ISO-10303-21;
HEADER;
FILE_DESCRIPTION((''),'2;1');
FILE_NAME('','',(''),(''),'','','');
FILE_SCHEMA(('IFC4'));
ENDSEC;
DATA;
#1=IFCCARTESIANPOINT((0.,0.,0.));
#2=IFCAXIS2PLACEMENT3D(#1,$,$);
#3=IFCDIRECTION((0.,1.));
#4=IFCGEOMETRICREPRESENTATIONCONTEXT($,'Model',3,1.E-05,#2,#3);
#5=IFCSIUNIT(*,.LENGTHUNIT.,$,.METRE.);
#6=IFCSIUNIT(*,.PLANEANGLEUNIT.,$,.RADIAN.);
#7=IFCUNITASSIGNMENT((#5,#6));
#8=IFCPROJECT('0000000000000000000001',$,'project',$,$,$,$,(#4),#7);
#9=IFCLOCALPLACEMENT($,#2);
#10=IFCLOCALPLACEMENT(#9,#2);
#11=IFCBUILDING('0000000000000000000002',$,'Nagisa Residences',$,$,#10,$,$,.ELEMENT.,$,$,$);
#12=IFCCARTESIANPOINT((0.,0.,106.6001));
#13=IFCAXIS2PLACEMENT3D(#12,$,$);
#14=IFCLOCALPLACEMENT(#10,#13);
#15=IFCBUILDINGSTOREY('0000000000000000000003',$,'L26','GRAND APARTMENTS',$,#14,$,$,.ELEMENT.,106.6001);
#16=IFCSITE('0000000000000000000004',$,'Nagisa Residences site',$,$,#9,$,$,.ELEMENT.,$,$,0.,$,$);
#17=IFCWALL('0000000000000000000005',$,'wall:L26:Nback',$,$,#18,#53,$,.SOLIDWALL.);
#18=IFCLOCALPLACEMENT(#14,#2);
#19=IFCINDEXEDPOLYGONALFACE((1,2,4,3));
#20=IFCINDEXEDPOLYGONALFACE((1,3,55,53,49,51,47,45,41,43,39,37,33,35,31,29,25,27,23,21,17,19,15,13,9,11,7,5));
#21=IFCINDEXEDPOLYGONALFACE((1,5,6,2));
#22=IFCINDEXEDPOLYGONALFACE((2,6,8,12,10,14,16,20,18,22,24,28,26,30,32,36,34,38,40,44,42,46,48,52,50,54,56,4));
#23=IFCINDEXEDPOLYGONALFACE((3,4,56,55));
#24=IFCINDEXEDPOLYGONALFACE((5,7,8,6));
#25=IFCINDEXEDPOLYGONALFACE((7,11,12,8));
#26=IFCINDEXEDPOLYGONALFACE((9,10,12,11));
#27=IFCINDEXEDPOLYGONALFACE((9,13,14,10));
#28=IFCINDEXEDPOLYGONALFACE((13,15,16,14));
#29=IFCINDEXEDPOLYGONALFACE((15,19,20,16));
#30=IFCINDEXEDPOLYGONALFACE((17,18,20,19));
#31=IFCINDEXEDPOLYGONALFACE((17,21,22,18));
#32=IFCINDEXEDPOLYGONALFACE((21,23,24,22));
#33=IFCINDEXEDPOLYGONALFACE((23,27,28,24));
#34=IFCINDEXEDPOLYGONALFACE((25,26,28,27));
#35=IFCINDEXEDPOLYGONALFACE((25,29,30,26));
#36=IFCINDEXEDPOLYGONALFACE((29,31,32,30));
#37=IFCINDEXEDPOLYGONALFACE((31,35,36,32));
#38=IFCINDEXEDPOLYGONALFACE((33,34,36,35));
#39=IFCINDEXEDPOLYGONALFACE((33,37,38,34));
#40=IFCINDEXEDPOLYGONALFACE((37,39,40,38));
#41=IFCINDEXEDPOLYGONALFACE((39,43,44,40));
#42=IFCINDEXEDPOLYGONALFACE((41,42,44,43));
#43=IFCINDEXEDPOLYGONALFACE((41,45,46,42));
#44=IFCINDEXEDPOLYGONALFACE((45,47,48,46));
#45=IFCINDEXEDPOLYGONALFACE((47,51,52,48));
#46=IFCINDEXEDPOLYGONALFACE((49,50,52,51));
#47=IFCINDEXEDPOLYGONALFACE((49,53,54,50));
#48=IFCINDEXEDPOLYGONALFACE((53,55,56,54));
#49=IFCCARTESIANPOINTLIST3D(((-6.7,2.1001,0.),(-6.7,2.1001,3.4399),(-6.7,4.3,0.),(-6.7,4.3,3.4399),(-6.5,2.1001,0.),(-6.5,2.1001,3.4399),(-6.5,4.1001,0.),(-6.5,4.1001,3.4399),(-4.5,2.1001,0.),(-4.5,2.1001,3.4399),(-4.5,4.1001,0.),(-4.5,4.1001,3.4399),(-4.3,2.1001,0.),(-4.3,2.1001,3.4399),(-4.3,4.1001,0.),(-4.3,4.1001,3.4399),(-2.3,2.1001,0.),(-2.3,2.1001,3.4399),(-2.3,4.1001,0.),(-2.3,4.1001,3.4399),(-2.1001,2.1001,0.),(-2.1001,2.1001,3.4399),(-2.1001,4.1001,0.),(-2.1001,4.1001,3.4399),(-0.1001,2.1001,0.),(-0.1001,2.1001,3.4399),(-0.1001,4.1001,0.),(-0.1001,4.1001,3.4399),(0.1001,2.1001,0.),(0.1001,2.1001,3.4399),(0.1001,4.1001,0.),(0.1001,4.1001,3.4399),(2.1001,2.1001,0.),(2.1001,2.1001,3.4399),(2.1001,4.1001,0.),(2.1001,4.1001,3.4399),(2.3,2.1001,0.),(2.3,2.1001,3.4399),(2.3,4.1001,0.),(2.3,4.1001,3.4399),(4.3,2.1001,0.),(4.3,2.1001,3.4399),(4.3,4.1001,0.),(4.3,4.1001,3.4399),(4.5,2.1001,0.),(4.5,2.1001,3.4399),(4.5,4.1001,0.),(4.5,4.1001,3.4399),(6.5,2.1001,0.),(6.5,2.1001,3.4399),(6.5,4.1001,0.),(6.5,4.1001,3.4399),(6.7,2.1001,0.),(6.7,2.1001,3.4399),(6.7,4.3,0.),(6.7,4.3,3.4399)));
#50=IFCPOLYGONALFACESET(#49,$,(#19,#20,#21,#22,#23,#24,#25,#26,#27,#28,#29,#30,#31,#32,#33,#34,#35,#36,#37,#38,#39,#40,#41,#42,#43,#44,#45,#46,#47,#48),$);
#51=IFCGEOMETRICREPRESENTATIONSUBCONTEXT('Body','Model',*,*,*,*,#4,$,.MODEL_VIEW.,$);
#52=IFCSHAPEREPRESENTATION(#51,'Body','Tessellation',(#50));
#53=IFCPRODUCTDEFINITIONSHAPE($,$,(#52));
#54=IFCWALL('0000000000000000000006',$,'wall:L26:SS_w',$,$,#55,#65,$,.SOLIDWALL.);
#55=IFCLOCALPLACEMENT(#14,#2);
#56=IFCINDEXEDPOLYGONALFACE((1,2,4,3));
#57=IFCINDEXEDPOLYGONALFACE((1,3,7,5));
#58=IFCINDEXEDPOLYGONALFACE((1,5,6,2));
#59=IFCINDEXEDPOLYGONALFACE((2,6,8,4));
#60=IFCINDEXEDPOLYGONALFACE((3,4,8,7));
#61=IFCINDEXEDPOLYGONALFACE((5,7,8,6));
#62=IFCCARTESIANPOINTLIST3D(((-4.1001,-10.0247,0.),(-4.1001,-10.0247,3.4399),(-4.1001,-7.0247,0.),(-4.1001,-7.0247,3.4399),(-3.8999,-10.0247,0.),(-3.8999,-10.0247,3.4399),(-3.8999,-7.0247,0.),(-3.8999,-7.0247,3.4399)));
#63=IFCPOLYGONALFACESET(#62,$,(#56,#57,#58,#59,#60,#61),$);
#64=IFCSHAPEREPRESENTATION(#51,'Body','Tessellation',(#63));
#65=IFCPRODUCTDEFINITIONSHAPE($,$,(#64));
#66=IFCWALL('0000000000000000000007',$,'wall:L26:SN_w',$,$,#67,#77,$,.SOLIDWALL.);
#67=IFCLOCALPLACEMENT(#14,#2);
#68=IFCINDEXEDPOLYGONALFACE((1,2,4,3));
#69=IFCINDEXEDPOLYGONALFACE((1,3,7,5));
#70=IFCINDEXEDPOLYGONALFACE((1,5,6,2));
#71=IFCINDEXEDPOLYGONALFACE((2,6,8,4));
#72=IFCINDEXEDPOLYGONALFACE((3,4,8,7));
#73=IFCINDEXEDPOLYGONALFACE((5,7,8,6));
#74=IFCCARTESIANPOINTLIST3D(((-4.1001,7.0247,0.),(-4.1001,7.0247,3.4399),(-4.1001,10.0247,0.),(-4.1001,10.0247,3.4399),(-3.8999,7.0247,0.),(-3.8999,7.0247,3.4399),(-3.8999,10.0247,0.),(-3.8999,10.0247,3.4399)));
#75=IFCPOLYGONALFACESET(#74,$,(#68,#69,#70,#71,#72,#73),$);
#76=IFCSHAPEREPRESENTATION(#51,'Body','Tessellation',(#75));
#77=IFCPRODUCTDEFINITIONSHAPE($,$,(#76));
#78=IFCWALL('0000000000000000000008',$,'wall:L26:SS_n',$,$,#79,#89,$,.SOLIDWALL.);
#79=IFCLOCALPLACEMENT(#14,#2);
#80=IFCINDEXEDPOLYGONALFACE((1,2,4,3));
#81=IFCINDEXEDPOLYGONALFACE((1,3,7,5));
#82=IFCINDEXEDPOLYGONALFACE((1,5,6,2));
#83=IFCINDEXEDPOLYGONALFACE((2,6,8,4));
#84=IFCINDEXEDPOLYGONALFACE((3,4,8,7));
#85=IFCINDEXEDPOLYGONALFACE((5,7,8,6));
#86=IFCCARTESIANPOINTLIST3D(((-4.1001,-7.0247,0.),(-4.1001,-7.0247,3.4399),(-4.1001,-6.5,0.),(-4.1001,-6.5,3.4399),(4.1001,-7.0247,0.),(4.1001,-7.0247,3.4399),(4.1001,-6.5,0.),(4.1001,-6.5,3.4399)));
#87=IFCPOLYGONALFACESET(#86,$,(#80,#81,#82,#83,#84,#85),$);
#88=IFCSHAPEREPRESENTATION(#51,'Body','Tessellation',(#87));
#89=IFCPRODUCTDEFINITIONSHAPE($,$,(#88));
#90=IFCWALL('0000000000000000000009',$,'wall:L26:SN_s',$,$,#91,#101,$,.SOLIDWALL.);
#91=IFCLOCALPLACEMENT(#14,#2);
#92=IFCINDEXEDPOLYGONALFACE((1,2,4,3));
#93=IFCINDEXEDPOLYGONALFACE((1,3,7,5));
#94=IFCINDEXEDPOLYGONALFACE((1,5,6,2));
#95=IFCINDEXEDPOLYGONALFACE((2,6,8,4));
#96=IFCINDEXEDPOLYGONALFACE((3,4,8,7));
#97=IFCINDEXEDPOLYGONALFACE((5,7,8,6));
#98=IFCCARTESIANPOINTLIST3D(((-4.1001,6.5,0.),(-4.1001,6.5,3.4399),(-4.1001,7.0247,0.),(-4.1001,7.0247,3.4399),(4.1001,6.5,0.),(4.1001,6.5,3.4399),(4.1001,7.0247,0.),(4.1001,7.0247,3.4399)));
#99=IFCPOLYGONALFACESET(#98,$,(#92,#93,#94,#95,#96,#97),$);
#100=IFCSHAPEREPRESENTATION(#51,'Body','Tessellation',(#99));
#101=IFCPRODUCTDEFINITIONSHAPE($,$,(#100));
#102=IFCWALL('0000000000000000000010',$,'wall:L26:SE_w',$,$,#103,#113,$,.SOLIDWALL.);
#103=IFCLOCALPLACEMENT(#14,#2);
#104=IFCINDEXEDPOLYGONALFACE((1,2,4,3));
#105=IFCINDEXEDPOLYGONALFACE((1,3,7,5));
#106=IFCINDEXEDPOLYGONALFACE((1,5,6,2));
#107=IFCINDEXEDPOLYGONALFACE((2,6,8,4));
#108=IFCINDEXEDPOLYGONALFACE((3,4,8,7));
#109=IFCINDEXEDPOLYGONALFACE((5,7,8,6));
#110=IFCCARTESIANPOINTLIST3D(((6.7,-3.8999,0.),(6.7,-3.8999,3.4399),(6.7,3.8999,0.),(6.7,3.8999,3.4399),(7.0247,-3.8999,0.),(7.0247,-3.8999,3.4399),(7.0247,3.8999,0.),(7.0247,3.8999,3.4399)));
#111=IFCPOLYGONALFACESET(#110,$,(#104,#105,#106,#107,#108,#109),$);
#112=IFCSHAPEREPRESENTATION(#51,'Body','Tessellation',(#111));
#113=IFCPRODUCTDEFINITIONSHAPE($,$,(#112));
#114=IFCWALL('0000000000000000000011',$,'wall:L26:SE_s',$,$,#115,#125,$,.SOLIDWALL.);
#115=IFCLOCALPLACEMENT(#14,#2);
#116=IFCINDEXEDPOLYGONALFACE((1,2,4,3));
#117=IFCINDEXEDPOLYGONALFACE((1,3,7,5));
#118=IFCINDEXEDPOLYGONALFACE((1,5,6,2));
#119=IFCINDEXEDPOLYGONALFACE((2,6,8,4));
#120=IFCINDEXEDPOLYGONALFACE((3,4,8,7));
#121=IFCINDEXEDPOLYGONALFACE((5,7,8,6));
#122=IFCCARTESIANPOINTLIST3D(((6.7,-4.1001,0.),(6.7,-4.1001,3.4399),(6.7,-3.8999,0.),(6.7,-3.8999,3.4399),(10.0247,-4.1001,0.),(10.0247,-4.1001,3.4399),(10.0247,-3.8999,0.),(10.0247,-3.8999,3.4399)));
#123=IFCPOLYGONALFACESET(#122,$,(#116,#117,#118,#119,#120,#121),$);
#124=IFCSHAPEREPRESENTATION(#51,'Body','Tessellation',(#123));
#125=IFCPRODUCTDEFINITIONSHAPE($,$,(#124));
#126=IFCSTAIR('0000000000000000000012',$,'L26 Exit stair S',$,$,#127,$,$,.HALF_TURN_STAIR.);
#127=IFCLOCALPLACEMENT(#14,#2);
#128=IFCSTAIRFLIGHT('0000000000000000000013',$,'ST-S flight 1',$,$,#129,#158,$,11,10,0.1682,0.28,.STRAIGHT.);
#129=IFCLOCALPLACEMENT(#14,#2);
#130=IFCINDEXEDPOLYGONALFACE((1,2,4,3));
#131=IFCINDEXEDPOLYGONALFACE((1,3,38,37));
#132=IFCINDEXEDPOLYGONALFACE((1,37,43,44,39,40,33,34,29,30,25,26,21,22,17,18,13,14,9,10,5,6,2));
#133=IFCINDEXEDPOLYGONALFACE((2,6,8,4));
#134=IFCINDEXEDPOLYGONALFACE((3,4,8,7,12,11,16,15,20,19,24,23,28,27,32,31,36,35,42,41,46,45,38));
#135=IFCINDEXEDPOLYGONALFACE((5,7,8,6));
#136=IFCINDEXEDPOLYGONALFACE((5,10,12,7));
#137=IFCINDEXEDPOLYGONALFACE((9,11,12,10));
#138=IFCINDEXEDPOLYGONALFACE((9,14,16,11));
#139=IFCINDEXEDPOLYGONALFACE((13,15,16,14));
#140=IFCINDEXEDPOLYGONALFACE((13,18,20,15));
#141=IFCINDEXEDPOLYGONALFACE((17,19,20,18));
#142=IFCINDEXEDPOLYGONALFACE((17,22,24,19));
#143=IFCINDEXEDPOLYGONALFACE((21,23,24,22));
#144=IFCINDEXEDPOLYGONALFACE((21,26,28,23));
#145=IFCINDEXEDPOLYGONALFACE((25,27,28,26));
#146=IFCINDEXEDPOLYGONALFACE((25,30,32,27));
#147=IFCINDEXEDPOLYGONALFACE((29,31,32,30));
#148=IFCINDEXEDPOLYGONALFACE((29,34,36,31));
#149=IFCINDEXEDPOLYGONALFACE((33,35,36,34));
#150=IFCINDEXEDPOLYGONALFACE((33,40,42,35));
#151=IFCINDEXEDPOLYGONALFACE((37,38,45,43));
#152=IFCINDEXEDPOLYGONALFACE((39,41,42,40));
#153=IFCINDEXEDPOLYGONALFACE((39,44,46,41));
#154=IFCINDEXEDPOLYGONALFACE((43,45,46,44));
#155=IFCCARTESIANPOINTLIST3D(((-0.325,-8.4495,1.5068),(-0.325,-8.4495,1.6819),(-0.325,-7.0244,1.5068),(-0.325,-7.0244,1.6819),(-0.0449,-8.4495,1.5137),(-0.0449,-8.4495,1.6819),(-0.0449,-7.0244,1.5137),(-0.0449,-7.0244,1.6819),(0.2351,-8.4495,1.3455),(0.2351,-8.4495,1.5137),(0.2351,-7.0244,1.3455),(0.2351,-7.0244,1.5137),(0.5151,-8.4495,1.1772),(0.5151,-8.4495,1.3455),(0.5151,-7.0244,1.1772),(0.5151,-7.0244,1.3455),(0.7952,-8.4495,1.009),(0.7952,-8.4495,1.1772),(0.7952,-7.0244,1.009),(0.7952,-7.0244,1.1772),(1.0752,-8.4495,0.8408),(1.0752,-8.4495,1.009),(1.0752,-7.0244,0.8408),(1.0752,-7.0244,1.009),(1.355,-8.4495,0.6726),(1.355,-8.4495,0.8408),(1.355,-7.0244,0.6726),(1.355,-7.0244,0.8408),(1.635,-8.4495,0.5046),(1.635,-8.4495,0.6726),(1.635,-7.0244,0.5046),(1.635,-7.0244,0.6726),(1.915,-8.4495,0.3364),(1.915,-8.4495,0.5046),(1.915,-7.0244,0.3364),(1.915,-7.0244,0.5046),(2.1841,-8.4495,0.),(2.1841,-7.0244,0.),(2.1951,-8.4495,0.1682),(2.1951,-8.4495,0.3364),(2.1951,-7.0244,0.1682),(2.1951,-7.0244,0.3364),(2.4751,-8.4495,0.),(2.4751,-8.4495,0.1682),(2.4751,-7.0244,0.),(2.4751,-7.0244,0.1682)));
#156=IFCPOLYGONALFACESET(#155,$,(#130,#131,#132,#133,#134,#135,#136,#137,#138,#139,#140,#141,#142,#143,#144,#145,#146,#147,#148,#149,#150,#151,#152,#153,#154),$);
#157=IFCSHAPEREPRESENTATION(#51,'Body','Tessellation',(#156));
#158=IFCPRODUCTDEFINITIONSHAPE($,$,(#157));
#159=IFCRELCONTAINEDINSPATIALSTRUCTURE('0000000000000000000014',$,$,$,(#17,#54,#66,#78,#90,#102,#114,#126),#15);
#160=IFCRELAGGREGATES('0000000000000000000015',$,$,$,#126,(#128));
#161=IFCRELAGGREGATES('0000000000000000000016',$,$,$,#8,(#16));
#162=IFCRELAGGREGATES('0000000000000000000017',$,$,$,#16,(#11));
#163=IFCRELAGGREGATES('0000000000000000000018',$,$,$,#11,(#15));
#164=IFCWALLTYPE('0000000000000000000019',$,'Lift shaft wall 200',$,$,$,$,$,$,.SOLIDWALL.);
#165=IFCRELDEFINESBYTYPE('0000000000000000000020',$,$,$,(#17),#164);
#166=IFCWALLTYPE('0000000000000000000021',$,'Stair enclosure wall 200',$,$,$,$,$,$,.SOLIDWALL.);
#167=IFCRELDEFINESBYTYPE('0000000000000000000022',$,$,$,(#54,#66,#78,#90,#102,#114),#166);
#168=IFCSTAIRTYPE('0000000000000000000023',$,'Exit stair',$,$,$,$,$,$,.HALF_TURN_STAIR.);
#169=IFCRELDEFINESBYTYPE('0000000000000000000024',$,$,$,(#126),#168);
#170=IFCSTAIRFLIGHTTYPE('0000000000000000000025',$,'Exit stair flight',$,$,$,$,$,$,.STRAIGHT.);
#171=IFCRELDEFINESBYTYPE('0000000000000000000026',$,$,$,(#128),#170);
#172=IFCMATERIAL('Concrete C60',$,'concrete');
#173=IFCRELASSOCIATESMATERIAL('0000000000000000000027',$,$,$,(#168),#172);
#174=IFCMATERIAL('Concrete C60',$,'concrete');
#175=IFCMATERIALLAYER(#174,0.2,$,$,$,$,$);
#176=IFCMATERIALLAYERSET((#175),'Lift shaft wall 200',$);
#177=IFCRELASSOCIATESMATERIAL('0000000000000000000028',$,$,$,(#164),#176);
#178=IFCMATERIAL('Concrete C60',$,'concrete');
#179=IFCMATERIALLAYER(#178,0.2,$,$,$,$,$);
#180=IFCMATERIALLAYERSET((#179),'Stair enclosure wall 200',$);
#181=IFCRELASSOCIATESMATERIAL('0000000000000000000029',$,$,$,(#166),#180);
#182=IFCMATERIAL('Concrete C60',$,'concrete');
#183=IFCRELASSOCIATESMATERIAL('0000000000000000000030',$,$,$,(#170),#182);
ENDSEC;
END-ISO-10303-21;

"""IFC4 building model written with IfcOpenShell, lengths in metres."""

from ifc_helpers import new_model, si_unit, direction, frame, origin, place, context, subcontext, project, spatial, polyline, outline, extrude, material, layer, layer_set, type_object, element, aggregate, save


model = new_model("IFC4")

# Units and contexts
model_context = context("Model", 3, precision=1e-05, world=origin(), true_north=direction((0.0, 1.0)))
body_context = subcontext(model_context, "Body", "Model", "MODEL_VIEW")
ifc_project = project(units=[si_unit("LENGTHUNIT", "METRE"), si_unit("PLANEANGLEUNIT", "RADIAN")], contexts=[model_context])

# Site, building, storey
site_placement = place(None, origin())
site = spatial("IfcSite", under=ifc_project, at=site_placement, Name="Nagisa Residences site", CompositionType="ELEMENT", RefElevation=0.0)
building_placement = place(site_placement, origin())
building = spatial("IfcBuilding", under=site, at=building_placement, Name="Nagisa Residences", CompositionType="ELEMENT")
storey_placement = place(building_placement, frame((0.0, 0.0, 106.6001)))
storey = spatial("IfcBuildingStorey", under=building, at=storey_placement, Name="L26", Description="GRAND APARTMENTS", CompositionType="ELEMENT", Elevation=106.6001)

# Shared definitions
ifc_material_1 = material(Name="Concrete C60", Category="concrete")
stair_type = type_object("IfcStairType", Name="Exit stair", PredefinedType="HALF_TURN_STAIR", material=ifc_material_1)

# Walls
ifc_material_2 = material(Name="Concrete C60", Category="concrete")
ifc_layer_1 = layer(ifc_material_2, 0.2)
ifc_layer_set_1 = layer_set([ifc_layer_1], Name="Lift shaft wall 200")
wall_type_1 = type_object("IfcWallType", Name="Lift shaft wall 200", PredefinedType="SOLIDWALL", material=ifc_layer_set_1)
wall_1_placement = place(storey_placement, origin())
element("IfcWall", 1, at=wall_1_placement, inside=storey, type_object=wall_type_1, Name="wall:L26:Nback", PredefinedType="SOLIDWALL", context=body_context, shape_type="SweptSolid", body=[
    extrude(outline(polyline([(-6.5, 2.1001), (-6.7, 2.1001), (-6.7, 4.3), (6.7, 4.3), (6.7, 2.1001), (6.5, 2.1001), (6.5, 4.1001), (4.5, 4.1001), (4.5, 2.1001), (4.3, 2.1001), (4.3, 4.1001), (2.3, 4.1001), (2.3, 2.1001), (2.1001, 2.1001), (2.1001, 4.1001), (0.1001, 4.1001), (0.1001, 2.1001), (-0.1001, 2.1001), (-0.1001, 4.1001), (-2.1001, 4.1001), (-2.1001, 2.1001), (-2.3, 2.1001), (-2.3, 4.1001), (-4.3, 4.1001), (-4.3, 2.1001), (-4.5, 2.1001), (-4.5, 4.1001), (-6.5, 4.1001), (-6.5, 2.1001)])), origin(), (0.0, 0.0, 1.0), 3.4399),
])
ifc_material_3 = material(Name="Concrete C60", Category="concrete")
ifc_layer_2 = layer(ifc_material_3, 0.2)
ifc_layer_set_2 = layer_set([ifc_layer_2], Name="Stair enclosure wall 200")
wall_type_2 = type_object("IfcWallType", Name="Stair enclosure wall 200", PredefinedType="SOLIDWALL", material=ifc_layer_set_2)
wall_2_placement = place(storey_placement, origin())
element("IfcWall", 2, at=wall_2_placement, inside=storey, type_object=wall_type_2, Name="wall:L26:SS_w", PredefinedType="SOLIDWALL", context=body_context, shape_type="SweptSolid", body=[
    extrude(outline(polyline([(-3.8999, -10.0247), (-4.1001, -10.0247), (-4.1001, -7.0247), (-3.8999, -7.0247), (-3.8999, -10.0247)])), origin(), (0.0, 0.0, 1.0), 3.4399),
])
wall_3_placement = place(storey_placement, origin())
element("IfcWall", 3, at=wall_3_placement, inside=storey, type_object=wall_type_2, Name="wall:L26:SN_w", PredefinedType="SOLIDWALL", context=body_context, shape_type="SweptSolid", body=[
    extrude(outline(polyline([(-3.8999, 7.0247), (-4.1001, 7.0247), (-4.1001, 10.0247), (-3.8999, 10.0247), (-3.8999, 7.0247)])), origin(), (0.0, 0.0, 1.0), 3.4399),
])
wall_4_placement = place(storey_placement, origin())
element("IfcWall", 4, at=wall_4_placement, inside=storey, type_object=wall_type_2, Name="wall:L26:SS_n", PredefinedType="SOLIDWALL", context=body_context, shape_type="SweptSolid", body=[
    extrude(outline(polyline([(4.1001, -7.0247), (-4.1001, -7.0247), (-4.1001, -6.5), (4.1001, -6.5), (4.1001, -7.0247)])), origin(), (0.0, 0.0, 1.0), 3.4399),
])
wall_5_placement = place(storey_placement, origin())
element("IfcWall", 5, at=wall_5_placement, inside=storey, type_object=wall_type_2, Name="wall:L26:SN_s", PredefinedType="SOLIDWALL", context=body_context, shape_type="SweptSolid", body=[
    extrude(outline(polyline([(4.1001, 6.5), (-4.1001, 6.5), (-4.1001, 7.0247), (4.1001, 7.0247), (4.1001, 6.5)])), origin(), (0.0, 0.0, 1.0), 3.4399),
])
wall_6_placement = place(storey_placement, origin())
element("IfcWall", 6, at=wall_6_placement, inside=storey, type_object=wall_type_2, Name="wall:L26:SE_w", PredefinedType="SOLIDWALL", context=body_context, shape_type="SweptSolid", body=[
    extrude(outline(polyline([(7.0247, -3.8999), (6.7, -3.8999), (6.7, 3.8999), (7.0247, 3.8999), (7.0247, -3.8999)])), origin(), (0.0, 0.0, 1.0), 3.4399),
])
wall_7_placement = place(storey_placement, origin())
element("IfcWall", 7, at=wall_7_placement, inside=storey, type_object=wall_type_2, Name="wall:L26:SE_s", PredefinedType="SOLIDWALL", context=body_context, shape_type="SweptSolid", body=[
    extrude(outline(polyline([(10.0247, -4.1001), (6.7, -4.1001), (6.7, -3.8999), (10.0247, -3.8999), (10.0247, -4.1001)])), origin(), (0.0, 0.0, 1.0), 3.4399),
])

# Stair, stair flight
stair_1_placement = place(storey_placement, origin())
stair_1 = element("IfcStair", 8, at=stair_1_placement, inside=storey, type_object=stair_type, Name="L26 Exit stair S", PredefinedType="HALF_TURN_STAIR")
ifc_material_4 = material(Name="Concrete C60", Category="concrete")
stair_flight_type = type_object("IfcStairFlightType", Name="Exit stair flight", PredefinedType="STRAIGHT", material=ifc_material_4)
stair_flight_placement = place(storey_placement, frame((2.4751, -7.7371, 0.0), z_axis=(0.0, 0.0, 1.0), x_axis=(-1.0, 0.0, 0.0)))
stair_flight = element("IfcStairFlight", 9, at=stair_flight_placement, type_object=stair_flight_type, Name="ST-S flight 1", NumberOfRisers=11, NumberOfTreads=10, PredefinedType="STRAIGHT", RiserHeight=0.1682, TreadLength=0.28, context=body_context, shape_type="SweptSolid", body=[
    extrude(outline(polyline([(0.0, 0.0), (0.0, 0.1682), (0.28, 0.1682), (0.28, 0.3364), (0.5601, 0.3364), (0.5601, 0.5046), (0.8401, 0.5046), (0.8401, 0.6726), (1.1201, 0.6726), (1.1201, 0.8408), (1.3999, 0.8408), (1.3999, 1.009), (1.6799, 1.009), (1.6799, 1.1772), (1.96, 1.1772), (1.96, 1.3455), (2.24, 1.3455), (2.24, 1.5137), (2.52, 1.5137), (2.52, 1.6819), (2.8, 1.6819), (2.8, 1.8501), (2.8, 1.5068), (0.291, 0.0), (0.0, 0.0)])), frame((0.0, 0.7124, 0.0), z_axis=(0.0, -1.0, 0.0), x_axis=(1.0, 0.0, 0.0)), (0.0, 0.0, 1.0), 1.425),
])
aggregate(stair_1, [stair_flight])

save(model, "model.ifc")
